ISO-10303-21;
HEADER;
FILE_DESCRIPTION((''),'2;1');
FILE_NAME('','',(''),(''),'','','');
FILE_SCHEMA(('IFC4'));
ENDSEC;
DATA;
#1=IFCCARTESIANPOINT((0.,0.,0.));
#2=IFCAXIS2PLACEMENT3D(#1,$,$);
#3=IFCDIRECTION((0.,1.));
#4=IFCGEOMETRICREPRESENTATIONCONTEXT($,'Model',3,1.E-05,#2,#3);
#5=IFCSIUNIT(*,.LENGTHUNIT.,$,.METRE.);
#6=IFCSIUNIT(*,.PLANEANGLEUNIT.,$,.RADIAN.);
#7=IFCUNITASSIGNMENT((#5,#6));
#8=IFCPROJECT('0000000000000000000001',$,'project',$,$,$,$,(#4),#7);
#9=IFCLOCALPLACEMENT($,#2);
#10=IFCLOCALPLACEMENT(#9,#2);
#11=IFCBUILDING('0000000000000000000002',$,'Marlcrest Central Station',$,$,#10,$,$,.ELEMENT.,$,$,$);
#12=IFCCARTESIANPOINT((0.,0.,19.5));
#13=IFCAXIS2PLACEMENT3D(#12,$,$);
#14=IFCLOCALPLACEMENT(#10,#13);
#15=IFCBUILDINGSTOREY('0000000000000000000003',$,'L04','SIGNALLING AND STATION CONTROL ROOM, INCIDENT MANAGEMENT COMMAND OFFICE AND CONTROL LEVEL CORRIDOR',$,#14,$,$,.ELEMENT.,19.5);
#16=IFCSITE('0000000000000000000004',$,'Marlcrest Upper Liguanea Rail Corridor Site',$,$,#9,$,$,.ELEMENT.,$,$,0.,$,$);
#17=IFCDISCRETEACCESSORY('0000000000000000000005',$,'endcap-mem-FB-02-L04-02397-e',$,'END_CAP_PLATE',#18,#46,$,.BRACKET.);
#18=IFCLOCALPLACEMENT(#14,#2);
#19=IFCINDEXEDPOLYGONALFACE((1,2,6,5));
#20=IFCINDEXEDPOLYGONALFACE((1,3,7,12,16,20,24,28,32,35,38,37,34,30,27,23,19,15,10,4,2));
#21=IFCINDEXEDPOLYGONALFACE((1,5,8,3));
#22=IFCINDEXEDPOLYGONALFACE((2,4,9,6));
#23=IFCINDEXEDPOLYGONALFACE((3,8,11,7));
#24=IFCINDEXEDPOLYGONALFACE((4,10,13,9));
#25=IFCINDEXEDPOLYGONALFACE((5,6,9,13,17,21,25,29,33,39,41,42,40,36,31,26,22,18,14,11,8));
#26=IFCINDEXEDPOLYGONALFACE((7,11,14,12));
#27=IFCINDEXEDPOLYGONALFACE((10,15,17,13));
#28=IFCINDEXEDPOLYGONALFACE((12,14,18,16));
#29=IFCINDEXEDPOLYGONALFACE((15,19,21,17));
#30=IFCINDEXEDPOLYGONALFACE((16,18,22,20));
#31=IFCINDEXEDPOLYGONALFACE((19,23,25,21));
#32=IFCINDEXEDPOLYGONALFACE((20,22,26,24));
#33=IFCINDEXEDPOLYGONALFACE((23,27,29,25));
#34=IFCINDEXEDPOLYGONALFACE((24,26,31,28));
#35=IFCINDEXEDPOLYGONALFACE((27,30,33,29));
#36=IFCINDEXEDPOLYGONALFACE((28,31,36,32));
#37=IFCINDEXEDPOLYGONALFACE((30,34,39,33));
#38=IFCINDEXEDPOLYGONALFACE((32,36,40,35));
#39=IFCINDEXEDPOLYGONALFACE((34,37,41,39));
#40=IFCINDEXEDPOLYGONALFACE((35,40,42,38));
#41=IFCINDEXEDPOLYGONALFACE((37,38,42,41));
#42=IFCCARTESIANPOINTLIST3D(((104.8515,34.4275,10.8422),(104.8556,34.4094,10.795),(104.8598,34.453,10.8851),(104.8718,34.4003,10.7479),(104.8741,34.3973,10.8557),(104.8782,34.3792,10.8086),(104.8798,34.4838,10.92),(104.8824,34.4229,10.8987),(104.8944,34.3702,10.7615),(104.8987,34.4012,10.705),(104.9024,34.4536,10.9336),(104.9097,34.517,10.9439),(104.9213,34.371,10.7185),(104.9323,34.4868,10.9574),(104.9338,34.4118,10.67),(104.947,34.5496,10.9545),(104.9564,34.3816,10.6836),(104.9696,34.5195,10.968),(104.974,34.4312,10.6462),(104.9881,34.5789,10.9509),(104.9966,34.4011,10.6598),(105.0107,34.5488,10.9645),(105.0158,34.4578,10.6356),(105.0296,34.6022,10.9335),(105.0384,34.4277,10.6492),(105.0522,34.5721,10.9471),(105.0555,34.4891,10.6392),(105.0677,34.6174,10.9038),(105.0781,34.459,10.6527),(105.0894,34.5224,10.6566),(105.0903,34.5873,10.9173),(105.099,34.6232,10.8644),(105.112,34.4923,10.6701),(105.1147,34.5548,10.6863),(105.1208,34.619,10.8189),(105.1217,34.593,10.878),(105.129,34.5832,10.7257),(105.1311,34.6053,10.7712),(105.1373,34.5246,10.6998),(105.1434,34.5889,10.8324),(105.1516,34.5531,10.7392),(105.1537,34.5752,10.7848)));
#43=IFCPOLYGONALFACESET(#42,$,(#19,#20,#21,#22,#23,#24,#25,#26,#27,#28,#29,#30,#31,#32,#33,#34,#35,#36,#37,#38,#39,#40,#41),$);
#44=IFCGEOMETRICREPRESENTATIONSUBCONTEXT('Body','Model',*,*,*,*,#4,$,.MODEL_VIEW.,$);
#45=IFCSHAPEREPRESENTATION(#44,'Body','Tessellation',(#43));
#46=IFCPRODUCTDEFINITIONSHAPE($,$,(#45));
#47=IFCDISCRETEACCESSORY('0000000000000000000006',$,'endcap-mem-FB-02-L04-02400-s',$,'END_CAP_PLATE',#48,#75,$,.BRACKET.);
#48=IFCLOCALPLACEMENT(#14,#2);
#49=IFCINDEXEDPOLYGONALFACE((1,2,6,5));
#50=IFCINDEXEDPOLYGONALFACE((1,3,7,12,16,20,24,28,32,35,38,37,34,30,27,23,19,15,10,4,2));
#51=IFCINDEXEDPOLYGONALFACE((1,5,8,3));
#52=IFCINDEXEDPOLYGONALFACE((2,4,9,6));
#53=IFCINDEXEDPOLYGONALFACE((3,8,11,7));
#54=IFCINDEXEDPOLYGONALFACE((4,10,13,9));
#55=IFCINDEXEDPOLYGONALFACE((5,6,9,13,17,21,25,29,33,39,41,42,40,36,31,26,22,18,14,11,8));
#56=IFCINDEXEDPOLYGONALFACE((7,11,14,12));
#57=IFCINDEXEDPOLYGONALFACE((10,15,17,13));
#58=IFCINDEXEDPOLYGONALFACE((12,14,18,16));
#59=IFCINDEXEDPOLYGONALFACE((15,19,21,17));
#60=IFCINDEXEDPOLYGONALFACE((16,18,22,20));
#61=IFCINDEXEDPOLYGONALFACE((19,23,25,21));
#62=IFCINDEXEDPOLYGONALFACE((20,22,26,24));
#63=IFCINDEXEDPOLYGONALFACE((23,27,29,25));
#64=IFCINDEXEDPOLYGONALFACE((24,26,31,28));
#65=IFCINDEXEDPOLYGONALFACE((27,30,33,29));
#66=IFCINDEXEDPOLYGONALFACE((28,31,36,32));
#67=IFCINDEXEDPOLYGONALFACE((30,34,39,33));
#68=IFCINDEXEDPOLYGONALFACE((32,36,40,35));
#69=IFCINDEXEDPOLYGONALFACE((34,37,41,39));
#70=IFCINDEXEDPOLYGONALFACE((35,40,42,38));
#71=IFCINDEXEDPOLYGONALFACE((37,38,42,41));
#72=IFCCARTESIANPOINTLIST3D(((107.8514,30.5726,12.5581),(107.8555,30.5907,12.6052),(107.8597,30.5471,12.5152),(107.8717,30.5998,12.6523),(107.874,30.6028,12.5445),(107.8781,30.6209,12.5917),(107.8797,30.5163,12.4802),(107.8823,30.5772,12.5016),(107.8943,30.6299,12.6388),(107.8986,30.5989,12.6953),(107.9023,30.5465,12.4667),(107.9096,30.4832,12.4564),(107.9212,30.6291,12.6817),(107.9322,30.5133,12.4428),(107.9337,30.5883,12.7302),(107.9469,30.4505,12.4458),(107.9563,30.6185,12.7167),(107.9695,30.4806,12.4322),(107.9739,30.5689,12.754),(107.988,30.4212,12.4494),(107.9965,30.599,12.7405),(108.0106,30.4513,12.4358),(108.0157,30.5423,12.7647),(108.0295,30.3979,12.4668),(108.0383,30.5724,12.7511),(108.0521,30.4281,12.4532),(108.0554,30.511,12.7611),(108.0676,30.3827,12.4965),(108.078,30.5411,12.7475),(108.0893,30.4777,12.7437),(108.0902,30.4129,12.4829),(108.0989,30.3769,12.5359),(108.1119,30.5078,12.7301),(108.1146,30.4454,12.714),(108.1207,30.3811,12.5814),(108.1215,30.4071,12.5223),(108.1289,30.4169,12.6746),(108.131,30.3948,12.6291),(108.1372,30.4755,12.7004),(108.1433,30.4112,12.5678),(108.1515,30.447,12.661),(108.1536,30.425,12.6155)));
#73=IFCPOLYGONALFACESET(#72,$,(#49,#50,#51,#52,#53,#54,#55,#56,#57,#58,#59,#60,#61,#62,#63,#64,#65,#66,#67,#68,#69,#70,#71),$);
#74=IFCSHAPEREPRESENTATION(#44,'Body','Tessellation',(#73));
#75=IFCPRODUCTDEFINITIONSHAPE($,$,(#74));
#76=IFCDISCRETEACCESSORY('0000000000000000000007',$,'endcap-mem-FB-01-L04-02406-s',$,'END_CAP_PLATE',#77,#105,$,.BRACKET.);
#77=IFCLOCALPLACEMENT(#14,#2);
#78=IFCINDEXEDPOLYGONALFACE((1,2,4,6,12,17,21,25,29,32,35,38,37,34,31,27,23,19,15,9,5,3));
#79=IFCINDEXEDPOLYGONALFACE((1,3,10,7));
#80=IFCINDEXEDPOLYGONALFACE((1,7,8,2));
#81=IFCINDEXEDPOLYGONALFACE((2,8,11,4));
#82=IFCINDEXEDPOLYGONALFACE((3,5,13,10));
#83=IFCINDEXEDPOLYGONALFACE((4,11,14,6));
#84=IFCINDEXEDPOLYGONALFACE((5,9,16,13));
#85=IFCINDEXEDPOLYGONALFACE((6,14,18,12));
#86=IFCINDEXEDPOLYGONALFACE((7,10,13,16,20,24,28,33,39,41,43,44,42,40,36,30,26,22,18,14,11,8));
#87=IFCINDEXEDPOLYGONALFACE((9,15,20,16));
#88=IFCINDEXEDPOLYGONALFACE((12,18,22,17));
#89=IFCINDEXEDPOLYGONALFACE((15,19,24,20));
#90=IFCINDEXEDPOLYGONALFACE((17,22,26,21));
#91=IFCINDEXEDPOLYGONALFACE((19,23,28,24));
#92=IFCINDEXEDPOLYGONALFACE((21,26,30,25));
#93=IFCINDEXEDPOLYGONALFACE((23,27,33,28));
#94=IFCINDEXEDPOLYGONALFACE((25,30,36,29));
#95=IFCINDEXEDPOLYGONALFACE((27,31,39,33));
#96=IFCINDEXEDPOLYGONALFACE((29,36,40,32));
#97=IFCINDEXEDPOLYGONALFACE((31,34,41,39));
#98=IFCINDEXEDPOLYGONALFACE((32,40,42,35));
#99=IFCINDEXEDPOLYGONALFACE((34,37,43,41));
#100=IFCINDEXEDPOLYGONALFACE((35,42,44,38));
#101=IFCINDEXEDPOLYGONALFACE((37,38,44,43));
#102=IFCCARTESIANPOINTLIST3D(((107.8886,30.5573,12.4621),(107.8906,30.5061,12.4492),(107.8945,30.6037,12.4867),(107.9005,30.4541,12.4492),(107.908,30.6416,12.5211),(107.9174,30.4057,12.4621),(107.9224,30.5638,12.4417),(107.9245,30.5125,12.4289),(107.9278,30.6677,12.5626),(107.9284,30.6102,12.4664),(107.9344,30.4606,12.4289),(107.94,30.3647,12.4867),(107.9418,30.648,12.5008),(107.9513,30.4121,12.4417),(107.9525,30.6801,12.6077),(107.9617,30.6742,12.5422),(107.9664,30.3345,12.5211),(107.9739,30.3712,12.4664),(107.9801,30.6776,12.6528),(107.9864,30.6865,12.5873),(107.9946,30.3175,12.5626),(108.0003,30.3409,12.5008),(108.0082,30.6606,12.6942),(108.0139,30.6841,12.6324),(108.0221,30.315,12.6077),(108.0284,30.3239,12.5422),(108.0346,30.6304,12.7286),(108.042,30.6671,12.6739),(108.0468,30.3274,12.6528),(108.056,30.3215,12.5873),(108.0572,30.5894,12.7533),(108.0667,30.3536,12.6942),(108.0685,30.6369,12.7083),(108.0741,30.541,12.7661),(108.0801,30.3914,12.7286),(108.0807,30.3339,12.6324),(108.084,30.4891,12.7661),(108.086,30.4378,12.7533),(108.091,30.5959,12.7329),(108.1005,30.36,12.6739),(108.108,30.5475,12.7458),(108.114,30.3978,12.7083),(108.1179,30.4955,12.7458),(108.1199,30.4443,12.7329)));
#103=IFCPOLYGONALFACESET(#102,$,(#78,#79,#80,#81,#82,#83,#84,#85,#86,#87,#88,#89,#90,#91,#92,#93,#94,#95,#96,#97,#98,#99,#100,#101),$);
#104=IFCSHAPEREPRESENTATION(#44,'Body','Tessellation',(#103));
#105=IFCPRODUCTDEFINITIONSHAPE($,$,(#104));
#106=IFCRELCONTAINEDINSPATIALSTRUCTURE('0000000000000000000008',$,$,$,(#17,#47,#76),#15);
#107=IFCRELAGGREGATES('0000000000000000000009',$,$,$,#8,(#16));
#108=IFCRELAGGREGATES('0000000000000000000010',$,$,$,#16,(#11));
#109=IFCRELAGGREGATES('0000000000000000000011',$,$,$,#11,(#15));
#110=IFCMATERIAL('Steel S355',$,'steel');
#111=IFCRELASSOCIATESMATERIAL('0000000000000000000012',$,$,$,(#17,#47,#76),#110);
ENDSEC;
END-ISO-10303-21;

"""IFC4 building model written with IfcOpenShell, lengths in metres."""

from ifc_helpers import new_model, si_unit, direction, frame, origin, origin_2d, place, context, subcontext, project, spatial, circle, extrude, material, element, save


model = new_model("IFC4")

# Units and contexts
model_context = context("Model", 3, precision=1e-05, world=origin(), true_north=direction((0.0, 1.0)))
body_context = subcontext(model_context, "Body", "Model", "MODEL_VIEW")
ifc_project = project(units=[si_unit("LENGTHUNIT", "METRE"), si_unit("PLANEANGLEUNIT", "RADIAN")], contexts=[model_context])

# Site, building, storey
site_placement = place(None, origin())
site = spatial("IfcSite", under=ifc_project, at=site_placement, Name="Marlcrest Upper Liguanea Rail Corridor Site", CompositionType="ELEMENT", RefElevation=0.0)
building_placement = place(site_placement, origin())
building = spatial("IfcBuilding", under=site, at=building_placement, Name="Marlcrest Central Station", CompositionType="ELEMENT")
storey_placement = place(building_placement, frame((0.0, 0.0, 19.5)))
storey = spatial("IfcBuildingStorey", under=building, at=storey_placement, Name="L04", Description="SIGNALLING AND STATION CONTROL ROOM, INCIDENT MANAGEMENT COMMAND OFFICE AND CONTROL LEVEL CORRIDOR", CompositionType="ELEMENT", Elevation=19.5)

# Discrete accessories
ifc_material_1 = material(Name="Steel S355", Category="steel")
for number, where, z_axis, x_axis, name in (
    (1, (105.0142, 34.4812, 10.8086), (-0.564531, 0.752708, -0.338728), (-0.8, -0.6, 0.0), "endcap-mem-FB-02-L04-02397-e"),
    (2, (107.9915, 30.4888, 12.6052), (0.564531, 0.752708, -0.338728), (-0.8, 0.6, 0.0), "endcap-mem-FB-02-L04-02400-s"),
):
    element("IfcDiscreteAccessory", number, at=place(storey_placement, frame(where, z_axis=z_axis, x_axis=x_axis)), inside=storey, material=ifc_material_1, Name=name, ObjectType="END_CAP_PLATE", PredefinedType="BRACKET", context=body_context, shape_type="SweptSolid", body=[
        extrude(circle(Radius=0.1699, at=origin_2d()), origin(), (0.0, 0.0, 1.0), 0.04),
    ])
discrete_accessory_1_placement = place(storey_placement, frame((107.9873, 30.4976, 12.6077), z_axis=(0.846277, 0.161196, -0.50777), x_axis=(-0.187112, 0.982339, 0.0)))
element("IfcDiscreteAccessory", 3, at=discrete_accessory_1_placement, inside=storey, material=ifc_material_1, Name="endcap-mem-FB-01-L04-02406-s", ObjectType="END_CAP_PLATE", PredefinedType="BRACKET", context=body_context, shape_type="SweptSolid", body=[
    extrude(circle(Radius=0.1858, at=origin_2d()), origin(), (0.0, 0.0, 1.0), 0.04),
])

save(model, "model.ifc")
